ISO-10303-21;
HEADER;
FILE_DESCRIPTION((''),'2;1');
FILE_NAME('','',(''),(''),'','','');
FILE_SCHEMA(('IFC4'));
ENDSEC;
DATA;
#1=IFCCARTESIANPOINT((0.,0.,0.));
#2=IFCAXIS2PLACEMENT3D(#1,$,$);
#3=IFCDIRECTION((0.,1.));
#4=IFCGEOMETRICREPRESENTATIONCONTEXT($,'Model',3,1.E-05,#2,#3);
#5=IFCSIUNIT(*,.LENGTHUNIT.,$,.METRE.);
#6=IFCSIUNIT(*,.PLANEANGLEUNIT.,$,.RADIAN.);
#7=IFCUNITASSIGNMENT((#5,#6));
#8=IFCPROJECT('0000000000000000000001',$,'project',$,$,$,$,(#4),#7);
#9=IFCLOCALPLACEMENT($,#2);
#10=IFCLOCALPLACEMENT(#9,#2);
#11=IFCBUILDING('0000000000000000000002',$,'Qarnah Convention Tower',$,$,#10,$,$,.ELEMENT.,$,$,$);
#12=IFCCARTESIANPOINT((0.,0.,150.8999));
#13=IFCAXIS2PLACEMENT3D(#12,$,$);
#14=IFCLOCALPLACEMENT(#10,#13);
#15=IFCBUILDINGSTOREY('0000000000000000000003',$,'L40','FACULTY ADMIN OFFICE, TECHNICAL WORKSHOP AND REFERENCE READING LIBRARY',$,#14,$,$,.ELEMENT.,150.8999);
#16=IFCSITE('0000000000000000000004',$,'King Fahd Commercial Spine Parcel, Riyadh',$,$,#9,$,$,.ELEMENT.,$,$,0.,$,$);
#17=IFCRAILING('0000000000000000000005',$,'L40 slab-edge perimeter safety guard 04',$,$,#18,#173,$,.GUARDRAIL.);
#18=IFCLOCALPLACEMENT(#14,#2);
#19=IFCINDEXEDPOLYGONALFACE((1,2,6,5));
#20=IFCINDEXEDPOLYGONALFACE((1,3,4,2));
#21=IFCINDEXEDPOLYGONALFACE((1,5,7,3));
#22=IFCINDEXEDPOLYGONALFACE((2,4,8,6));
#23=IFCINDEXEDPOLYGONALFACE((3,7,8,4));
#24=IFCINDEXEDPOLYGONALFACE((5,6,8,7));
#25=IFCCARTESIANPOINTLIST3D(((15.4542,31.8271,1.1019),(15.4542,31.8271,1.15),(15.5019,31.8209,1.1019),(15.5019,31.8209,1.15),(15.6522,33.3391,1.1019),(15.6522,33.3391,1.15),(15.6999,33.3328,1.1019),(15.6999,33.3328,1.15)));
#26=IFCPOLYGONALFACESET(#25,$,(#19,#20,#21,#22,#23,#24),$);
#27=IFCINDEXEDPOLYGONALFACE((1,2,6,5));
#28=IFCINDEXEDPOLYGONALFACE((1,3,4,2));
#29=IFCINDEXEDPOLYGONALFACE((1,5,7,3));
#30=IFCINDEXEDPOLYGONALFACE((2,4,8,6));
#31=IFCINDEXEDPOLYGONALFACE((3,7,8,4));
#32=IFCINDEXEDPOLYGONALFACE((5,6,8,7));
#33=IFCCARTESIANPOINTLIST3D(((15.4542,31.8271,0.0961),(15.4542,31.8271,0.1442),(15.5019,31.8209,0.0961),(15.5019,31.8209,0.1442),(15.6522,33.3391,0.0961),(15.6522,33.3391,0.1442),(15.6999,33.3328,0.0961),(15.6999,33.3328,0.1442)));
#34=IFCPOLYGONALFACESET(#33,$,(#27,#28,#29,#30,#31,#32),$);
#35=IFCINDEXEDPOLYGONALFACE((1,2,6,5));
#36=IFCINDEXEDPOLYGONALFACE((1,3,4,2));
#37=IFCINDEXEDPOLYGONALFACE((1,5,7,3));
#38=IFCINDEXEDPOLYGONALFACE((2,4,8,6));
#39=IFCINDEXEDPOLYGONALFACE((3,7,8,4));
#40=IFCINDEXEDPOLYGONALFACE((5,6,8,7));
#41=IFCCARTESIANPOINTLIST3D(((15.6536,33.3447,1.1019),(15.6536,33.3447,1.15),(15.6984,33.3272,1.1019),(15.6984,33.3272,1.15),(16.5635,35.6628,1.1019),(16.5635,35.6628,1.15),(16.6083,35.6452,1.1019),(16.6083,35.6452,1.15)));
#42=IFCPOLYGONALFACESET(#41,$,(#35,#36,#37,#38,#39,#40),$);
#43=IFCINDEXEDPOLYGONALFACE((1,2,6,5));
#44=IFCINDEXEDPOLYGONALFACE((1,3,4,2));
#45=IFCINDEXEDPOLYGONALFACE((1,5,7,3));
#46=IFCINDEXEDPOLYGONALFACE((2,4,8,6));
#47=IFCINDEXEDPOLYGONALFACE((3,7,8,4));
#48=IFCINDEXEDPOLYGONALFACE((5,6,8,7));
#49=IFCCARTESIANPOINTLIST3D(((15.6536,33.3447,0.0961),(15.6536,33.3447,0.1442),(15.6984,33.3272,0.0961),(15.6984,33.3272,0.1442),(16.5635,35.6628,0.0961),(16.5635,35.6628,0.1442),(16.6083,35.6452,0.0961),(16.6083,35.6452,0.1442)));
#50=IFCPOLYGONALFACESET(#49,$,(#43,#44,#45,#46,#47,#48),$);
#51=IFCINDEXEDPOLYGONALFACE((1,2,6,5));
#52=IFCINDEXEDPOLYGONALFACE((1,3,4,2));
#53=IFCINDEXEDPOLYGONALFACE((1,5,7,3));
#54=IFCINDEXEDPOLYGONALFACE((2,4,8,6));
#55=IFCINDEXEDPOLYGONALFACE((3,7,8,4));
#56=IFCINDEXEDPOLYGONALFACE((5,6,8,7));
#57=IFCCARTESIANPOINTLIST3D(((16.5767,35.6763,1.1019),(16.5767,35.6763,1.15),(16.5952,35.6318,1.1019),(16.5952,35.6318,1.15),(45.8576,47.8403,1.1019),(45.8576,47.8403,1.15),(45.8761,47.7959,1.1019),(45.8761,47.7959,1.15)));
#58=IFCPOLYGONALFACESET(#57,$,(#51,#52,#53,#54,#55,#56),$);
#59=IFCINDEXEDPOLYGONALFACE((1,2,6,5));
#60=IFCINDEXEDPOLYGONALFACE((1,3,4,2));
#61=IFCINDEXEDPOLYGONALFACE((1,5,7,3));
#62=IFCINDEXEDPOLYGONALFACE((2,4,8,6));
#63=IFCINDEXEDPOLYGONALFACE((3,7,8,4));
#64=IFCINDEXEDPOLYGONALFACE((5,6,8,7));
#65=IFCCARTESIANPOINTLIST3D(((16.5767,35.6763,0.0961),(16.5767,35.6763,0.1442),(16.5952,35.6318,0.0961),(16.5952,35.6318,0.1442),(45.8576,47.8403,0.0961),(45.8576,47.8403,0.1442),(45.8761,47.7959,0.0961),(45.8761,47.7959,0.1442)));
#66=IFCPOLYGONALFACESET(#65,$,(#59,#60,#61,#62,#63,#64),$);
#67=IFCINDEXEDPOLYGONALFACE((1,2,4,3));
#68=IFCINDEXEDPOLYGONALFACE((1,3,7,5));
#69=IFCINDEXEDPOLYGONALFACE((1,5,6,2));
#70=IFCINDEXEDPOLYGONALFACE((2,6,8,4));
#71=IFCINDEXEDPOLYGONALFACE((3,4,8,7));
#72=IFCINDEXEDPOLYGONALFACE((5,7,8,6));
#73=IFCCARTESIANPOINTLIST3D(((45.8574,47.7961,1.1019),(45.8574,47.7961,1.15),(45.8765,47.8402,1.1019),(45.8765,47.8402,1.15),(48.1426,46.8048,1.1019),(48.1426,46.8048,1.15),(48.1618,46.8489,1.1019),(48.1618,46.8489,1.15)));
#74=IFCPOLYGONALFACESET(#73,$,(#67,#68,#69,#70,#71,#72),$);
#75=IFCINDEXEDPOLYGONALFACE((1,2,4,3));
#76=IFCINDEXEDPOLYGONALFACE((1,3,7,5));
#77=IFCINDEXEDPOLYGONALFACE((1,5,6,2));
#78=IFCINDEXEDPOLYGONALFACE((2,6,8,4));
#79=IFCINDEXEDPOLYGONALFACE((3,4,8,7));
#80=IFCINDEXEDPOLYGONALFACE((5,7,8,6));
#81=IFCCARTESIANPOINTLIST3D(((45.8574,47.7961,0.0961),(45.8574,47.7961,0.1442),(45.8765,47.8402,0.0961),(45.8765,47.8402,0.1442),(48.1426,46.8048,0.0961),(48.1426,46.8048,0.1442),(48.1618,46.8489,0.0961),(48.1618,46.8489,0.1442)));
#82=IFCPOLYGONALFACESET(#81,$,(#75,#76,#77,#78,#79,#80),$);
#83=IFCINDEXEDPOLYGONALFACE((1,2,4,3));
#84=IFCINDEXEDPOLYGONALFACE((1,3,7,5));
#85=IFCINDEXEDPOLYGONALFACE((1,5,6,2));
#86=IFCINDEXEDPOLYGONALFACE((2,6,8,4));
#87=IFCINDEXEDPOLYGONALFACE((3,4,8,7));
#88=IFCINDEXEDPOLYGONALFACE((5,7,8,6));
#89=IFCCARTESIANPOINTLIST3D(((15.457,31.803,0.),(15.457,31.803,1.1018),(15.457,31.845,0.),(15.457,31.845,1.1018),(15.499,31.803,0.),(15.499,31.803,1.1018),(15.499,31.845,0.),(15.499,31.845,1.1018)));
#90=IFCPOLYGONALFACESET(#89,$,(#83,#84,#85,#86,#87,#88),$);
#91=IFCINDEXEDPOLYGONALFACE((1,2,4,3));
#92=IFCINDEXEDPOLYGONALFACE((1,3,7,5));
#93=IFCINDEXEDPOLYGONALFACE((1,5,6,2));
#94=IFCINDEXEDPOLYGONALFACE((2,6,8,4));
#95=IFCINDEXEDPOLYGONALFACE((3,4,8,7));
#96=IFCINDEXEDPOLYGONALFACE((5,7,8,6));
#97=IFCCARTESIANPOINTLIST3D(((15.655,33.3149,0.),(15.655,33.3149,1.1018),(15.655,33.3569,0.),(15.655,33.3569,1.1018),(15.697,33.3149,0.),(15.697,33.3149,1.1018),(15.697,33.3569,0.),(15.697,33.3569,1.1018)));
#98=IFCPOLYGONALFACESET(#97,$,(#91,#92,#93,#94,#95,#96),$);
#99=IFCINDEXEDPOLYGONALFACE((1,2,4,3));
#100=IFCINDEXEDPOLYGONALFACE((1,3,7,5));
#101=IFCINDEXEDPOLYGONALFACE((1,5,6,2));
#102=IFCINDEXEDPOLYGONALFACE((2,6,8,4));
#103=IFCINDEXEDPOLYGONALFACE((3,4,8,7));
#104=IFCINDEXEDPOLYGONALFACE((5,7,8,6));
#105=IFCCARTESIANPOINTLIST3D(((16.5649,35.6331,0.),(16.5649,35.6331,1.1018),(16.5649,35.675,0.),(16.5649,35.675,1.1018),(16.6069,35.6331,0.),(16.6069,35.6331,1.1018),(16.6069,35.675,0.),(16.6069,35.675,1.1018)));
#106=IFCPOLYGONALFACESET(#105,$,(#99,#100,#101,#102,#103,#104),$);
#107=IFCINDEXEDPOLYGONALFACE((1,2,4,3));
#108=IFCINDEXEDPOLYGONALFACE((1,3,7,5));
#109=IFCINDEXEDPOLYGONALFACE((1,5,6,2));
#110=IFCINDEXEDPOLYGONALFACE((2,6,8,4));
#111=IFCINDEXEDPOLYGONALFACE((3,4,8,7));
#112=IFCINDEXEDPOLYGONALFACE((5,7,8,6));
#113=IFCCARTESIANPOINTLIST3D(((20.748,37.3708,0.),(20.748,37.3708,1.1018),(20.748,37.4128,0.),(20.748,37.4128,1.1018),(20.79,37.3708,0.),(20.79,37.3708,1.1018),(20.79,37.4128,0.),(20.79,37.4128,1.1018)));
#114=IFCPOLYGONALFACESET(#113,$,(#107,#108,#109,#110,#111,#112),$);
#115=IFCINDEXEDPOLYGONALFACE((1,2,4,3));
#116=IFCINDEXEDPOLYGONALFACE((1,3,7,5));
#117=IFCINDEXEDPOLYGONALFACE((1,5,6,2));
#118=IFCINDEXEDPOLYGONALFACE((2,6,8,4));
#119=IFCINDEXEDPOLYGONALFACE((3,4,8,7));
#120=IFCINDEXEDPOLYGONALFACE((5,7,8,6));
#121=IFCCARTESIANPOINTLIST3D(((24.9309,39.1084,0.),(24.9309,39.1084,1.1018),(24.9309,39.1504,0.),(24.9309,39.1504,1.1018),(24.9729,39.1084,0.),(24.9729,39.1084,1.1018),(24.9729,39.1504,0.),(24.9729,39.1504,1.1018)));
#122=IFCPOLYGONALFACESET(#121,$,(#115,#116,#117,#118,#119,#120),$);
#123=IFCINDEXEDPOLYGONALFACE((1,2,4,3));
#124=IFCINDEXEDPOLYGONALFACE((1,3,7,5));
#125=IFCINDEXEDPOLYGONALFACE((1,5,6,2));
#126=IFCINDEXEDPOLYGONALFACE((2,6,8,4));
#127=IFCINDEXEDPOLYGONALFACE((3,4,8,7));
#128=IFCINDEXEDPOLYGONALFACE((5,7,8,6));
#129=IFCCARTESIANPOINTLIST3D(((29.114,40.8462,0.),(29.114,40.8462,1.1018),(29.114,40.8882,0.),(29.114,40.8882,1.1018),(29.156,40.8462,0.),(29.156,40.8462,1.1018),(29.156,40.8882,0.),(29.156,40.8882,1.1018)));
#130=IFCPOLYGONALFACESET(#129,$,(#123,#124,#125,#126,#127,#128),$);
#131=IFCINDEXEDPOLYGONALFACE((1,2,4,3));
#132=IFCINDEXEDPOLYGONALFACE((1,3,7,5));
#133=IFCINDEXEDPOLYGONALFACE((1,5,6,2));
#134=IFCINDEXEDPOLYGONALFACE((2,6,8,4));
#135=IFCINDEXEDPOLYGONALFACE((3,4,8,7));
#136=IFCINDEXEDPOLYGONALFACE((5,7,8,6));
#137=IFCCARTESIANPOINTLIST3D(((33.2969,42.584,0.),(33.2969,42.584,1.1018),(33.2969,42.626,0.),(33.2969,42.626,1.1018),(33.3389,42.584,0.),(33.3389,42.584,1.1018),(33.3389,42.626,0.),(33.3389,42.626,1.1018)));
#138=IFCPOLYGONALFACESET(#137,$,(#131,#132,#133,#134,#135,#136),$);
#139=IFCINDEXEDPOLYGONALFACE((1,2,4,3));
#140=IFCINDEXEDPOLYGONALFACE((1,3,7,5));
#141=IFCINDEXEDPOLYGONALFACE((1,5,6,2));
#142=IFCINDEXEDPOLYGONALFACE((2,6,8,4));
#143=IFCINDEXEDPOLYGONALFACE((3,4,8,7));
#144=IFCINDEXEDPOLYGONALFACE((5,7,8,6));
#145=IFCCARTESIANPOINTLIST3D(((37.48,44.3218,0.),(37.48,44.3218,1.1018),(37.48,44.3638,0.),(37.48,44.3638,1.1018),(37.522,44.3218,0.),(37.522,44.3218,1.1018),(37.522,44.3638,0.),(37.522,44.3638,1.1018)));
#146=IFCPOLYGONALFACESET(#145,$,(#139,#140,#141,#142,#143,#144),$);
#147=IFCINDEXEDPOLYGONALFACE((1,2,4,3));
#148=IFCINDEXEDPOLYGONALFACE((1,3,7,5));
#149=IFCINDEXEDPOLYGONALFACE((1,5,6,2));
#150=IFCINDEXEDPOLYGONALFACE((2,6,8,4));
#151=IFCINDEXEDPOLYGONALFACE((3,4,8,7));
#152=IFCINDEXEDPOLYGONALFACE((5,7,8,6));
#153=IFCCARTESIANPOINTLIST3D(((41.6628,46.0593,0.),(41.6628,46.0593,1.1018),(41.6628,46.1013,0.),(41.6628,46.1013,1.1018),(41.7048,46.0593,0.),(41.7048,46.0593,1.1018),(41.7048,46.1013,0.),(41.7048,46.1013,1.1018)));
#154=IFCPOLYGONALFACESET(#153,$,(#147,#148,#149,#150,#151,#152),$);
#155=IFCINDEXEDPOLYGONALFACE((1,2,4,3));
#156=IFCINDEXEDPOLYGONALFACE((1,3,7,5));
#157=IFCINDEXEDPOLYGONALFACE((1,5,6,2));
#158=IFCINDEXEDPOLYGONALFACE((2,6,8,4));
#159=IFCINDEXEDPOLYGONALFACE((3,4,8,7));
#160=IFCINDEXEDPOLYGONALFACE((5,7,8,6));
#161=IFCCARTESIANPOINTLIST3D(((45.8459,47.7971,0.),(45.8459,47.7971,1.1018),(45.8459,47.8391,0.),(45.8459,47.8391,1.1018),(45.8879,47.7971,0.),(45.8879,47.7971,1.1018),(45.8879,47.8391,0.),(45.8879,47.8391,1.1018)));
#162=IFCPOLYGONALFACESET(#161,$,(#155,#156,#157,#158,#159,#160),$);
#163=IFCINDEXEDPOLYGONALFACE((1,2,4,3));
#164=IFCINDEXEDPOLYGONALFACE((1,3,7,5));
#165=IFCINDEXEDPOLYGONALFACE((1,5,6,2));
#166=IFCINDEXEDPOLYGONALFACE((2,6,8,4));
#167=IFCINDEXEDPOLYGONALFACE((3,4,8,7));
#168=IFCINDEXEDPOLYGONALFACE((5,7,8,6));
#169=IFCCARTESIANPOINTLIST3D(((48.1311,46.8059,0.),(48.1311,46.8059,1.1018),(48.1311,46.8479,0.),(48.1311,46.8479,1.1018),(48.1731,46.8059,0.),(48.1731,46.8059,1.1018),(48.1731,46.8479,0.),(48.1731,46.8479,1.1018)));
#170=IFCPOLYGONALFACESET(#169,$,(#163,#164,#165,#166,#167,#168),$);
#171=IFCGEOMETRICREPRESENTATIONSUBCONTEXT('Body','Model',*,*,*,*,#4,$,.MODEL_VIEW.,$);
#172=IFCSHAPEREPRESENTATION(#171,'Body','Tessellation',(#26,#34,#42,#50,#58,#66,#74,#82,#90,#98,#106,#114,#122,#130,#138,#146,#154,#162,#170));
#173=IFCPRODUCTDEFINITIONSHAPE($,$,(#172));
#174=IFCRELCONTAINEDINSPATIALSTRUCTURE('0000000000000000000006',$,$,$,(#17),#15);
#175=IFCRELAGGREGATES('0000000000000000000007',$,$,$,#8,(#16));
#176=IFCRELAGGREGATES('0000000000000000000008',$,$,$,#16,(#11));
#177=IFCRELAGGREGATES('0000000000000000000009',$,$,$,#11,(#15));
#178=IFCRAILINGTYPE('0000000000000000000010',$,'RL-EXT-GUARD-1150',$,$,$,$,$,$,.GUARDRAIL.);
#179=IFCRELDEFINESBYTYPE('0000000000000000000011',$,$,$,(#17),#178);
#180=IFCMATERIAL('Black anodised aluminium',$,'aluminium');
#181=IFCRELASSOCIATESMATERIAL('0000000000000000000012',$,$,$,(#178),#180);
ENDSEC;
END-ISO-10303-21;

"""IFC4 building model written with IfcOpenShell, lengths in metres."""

from ifc_helpers import new_model, si_unit, direction, frame, origin, origin_2d, place, context, subcontext, project, spatial, rectangle, extrude, material, type_object, element, save


model = new_model("IFC4")

# Units and contexts
model_context = context("Model", 3, precision=1e-05, world=origin(), true_north=direction((0.0, 1.0)))
body_context = subcontext(model_context, "Body", "Model", "MODEL_VIEW")
ifc_project = project(units=[si_unit("LENGTHUNIT", "METRE"), si_unit("PLANEANGLEUNIT", "RADIAN")], contexts=[model_context])

# Site, building, storey
site_placement = place(None, origin())
site = spatial("IfcSite", under=ifc_project, at=site_placement, Name="King Fahd Commercial Spine Parcel, Riyadh", CompositionType="ELEMENT", RefElevation=0.0)
building_placement = place(site_placement, origin())
building = spatial("IfcBuilding", under=site, at=building_placement, Name="Qarnah Convention Tower", CompositionType="ELEMENT")
storey_placement = place(building_placement, frame((0.0, 0.0, 150.8999)))
storey = spatial("IfcBuildingStorey", under=building, at=storey_placement, Name="L40", Description="FACULTY ADMIN OFFICE, TECHNICAL WORKSHOP AND REFERENCE READING LIBRARY", CompositionType="ELEMENT", Elevation=150.8999)

# Shared definitions
ifc_material_1 = material(Name="Black anodised aluminium", Category="aluminium")

# Railing
railing_type_1 = type_object("IfcRailingType", Name="RL-EXT-GUARD-1150", PredefinedType="GUARDRAIL", material=ifc_material_1)
railing_1_placement = place(storey_placement, frame((15.478, 31.824, 0.0)))
element("IfcRailing", 1, at=railing_1_placement, inside=storey, type_object=railing_type_1, Name="L40 slab-edge perimeter safety guard 04", PredefinedType="GUARDRAIL", context=body_context, shape_type="SweptSolid", body=[
    extrude(rectangle(XDim=0.0481, YDim=0.0481, at=origin_2d()), frame((0.0, 0.0, 1.126), z_axis=(0.129846, 0.991534, 0.0), x_axis=(-0.991534, 0.129846, 0.0)), (0.0, 0.0, 1.0), 1.5249),
    extrude(rectangle(XDim=0.0481, YDim=0.0481, at=origin_2d()), frame((0.0, 0.0, 0.1201), z_axis=(0.129846, 0.991534, 0.0), x_axis=(-0.991534, 0.129846, 0.0)), (0.0, 0.0, 1.0), 1.5249),
    extrude(rectangle(XDim=0.0481, YDim=0.0481, at=origin_2d()), frame((0.198, 1.512, 1.126), z_axis=(0.365382, 0.930858, 0.0), x_axis=(-0.930858, 0.365382, 0.0)), (0.0, 0.0, 1.0), 2.4902),
    extrude(rectangle(XDim=0.0481, YDim=0.0481, at=origin_2d()), frame((0.198, 1.512, 0.1201), z_axis=(0.365382, 0.930858, 0.0), x_axis=(-0.930858, 0.365382, 0.0)), (0.0, 0.0, 1.0), 2.4902),
    extrude(rectangle(XDim=0.0481, YDim=0.0481, at=origin_2d()), frame((1.1079, 3.8301, 1.126), z_axis=(0.923483, 0.383638, 0.0), x_axis=(-0.383638, 0.923483, 0.0)), (0.0, 0.0, 1.0), 31.707),
    extrude(rectangle(XDim=0.0481, YDim=0.0481, at=origin_2d()), frame((1.1079, 3.8301, 0.1201), z_axis=(0.923483, 0.383638, 0.0), x_axis=(-0.383638, 0.923483, 0.0)), (0.0, 0.0, 1.0), 31.707),
    extrude(rectangle(XDim=0.0481, YDim=0.0481, at=origin_2d()), frame((30.3889, 15.9941, 1.126), z_axis=(0.917413, -0.397937, 0.0), x_axis=(0.397937, 0.917413, 0.0)), (0.0, 0.0, 1.0), 2.491),
    extrude(rectangle(XDim=0.0481, YDim=0.0481, at=origin_2d()), frame((30.3889, 15.9941, 0.1201), z_axis=(0.917413, -0.397937, 0.0), x_axis=(0.397937, 0.917413, 0.0)), (0.0, 0.0, 1.0), 2.491),
    extrude(rectangle(XDim=0.042, YDim=0.042, at=origin_2d()), origin(), (0.0, 0.0, 1.0), 1.1018),
    extrude(rectangle(XDim=0.042, YDim=0.042, at=origin_2d()), frame((0.198, 1.512, 0.0)), (0.0, 0.0, 1.0), 1.1018),
    extrude(rectangle(XDim=0.042, YDim=0.042, at=origin_2d()), frame((1.1079, 3.8301, 0.0)), (0.0, 0.0, 1.0), 1.1018),
    extrude(rectangle(XDim=0.042, YDim=0.042, at=origin_2d()), frame((5.291, 5.5679, 0.0)), (0.0, 0.0, 1.0), 1.1018),
    extrude(rectangle(XDim=0.042, YDim=0.042, at=origin_2d()), frame((9.4739, 7.3054, 0.0)), (0.0, 0.0, 1.0), 1.1018),
    extrude(rectangle(XDim=0.042, YDim=0.042, at=origin_2d()), frame((13.657, 9.0432, 0.0)), (0.0, 0.0, 1.0), 1.1018),
    extrude(rectangle(XDim=0.042, YDim=0.042, at=origin_2d()), frame((17.8398, 10.781, 0.0)), (0.0, 0.0, 1.0), 1.1018),
    extrude(rectangle(XDim=0.042, YDim=0.042, at=origin_2d()), frame((22.0229, 12.5188, 0.0)), (0.0, 0.0, 1.0), 1.1018),
    extrude(rectangle(XDim=0.042, YDim=0.042, at=origin_2d()), frame((26.2058, 14.2563, 0.0)), (0.0, 0.0, 1.0), 1.1018),
    extrude(rectangle(XDim=0.042, YDim=0.042, at=origin_2d()), frame((30.3889, 15.9941, 0.0)), (0.0, 0.0, 1.0), 1.1018),
    extrude(rectangle(XDim=0.042, YDim=0.042, at=origin_2d()), frame((32.6741, 15.0029, 0.0)), (0.0, 0.0, 1.0), 1.1018),
])

save(model, "model.ifc")
